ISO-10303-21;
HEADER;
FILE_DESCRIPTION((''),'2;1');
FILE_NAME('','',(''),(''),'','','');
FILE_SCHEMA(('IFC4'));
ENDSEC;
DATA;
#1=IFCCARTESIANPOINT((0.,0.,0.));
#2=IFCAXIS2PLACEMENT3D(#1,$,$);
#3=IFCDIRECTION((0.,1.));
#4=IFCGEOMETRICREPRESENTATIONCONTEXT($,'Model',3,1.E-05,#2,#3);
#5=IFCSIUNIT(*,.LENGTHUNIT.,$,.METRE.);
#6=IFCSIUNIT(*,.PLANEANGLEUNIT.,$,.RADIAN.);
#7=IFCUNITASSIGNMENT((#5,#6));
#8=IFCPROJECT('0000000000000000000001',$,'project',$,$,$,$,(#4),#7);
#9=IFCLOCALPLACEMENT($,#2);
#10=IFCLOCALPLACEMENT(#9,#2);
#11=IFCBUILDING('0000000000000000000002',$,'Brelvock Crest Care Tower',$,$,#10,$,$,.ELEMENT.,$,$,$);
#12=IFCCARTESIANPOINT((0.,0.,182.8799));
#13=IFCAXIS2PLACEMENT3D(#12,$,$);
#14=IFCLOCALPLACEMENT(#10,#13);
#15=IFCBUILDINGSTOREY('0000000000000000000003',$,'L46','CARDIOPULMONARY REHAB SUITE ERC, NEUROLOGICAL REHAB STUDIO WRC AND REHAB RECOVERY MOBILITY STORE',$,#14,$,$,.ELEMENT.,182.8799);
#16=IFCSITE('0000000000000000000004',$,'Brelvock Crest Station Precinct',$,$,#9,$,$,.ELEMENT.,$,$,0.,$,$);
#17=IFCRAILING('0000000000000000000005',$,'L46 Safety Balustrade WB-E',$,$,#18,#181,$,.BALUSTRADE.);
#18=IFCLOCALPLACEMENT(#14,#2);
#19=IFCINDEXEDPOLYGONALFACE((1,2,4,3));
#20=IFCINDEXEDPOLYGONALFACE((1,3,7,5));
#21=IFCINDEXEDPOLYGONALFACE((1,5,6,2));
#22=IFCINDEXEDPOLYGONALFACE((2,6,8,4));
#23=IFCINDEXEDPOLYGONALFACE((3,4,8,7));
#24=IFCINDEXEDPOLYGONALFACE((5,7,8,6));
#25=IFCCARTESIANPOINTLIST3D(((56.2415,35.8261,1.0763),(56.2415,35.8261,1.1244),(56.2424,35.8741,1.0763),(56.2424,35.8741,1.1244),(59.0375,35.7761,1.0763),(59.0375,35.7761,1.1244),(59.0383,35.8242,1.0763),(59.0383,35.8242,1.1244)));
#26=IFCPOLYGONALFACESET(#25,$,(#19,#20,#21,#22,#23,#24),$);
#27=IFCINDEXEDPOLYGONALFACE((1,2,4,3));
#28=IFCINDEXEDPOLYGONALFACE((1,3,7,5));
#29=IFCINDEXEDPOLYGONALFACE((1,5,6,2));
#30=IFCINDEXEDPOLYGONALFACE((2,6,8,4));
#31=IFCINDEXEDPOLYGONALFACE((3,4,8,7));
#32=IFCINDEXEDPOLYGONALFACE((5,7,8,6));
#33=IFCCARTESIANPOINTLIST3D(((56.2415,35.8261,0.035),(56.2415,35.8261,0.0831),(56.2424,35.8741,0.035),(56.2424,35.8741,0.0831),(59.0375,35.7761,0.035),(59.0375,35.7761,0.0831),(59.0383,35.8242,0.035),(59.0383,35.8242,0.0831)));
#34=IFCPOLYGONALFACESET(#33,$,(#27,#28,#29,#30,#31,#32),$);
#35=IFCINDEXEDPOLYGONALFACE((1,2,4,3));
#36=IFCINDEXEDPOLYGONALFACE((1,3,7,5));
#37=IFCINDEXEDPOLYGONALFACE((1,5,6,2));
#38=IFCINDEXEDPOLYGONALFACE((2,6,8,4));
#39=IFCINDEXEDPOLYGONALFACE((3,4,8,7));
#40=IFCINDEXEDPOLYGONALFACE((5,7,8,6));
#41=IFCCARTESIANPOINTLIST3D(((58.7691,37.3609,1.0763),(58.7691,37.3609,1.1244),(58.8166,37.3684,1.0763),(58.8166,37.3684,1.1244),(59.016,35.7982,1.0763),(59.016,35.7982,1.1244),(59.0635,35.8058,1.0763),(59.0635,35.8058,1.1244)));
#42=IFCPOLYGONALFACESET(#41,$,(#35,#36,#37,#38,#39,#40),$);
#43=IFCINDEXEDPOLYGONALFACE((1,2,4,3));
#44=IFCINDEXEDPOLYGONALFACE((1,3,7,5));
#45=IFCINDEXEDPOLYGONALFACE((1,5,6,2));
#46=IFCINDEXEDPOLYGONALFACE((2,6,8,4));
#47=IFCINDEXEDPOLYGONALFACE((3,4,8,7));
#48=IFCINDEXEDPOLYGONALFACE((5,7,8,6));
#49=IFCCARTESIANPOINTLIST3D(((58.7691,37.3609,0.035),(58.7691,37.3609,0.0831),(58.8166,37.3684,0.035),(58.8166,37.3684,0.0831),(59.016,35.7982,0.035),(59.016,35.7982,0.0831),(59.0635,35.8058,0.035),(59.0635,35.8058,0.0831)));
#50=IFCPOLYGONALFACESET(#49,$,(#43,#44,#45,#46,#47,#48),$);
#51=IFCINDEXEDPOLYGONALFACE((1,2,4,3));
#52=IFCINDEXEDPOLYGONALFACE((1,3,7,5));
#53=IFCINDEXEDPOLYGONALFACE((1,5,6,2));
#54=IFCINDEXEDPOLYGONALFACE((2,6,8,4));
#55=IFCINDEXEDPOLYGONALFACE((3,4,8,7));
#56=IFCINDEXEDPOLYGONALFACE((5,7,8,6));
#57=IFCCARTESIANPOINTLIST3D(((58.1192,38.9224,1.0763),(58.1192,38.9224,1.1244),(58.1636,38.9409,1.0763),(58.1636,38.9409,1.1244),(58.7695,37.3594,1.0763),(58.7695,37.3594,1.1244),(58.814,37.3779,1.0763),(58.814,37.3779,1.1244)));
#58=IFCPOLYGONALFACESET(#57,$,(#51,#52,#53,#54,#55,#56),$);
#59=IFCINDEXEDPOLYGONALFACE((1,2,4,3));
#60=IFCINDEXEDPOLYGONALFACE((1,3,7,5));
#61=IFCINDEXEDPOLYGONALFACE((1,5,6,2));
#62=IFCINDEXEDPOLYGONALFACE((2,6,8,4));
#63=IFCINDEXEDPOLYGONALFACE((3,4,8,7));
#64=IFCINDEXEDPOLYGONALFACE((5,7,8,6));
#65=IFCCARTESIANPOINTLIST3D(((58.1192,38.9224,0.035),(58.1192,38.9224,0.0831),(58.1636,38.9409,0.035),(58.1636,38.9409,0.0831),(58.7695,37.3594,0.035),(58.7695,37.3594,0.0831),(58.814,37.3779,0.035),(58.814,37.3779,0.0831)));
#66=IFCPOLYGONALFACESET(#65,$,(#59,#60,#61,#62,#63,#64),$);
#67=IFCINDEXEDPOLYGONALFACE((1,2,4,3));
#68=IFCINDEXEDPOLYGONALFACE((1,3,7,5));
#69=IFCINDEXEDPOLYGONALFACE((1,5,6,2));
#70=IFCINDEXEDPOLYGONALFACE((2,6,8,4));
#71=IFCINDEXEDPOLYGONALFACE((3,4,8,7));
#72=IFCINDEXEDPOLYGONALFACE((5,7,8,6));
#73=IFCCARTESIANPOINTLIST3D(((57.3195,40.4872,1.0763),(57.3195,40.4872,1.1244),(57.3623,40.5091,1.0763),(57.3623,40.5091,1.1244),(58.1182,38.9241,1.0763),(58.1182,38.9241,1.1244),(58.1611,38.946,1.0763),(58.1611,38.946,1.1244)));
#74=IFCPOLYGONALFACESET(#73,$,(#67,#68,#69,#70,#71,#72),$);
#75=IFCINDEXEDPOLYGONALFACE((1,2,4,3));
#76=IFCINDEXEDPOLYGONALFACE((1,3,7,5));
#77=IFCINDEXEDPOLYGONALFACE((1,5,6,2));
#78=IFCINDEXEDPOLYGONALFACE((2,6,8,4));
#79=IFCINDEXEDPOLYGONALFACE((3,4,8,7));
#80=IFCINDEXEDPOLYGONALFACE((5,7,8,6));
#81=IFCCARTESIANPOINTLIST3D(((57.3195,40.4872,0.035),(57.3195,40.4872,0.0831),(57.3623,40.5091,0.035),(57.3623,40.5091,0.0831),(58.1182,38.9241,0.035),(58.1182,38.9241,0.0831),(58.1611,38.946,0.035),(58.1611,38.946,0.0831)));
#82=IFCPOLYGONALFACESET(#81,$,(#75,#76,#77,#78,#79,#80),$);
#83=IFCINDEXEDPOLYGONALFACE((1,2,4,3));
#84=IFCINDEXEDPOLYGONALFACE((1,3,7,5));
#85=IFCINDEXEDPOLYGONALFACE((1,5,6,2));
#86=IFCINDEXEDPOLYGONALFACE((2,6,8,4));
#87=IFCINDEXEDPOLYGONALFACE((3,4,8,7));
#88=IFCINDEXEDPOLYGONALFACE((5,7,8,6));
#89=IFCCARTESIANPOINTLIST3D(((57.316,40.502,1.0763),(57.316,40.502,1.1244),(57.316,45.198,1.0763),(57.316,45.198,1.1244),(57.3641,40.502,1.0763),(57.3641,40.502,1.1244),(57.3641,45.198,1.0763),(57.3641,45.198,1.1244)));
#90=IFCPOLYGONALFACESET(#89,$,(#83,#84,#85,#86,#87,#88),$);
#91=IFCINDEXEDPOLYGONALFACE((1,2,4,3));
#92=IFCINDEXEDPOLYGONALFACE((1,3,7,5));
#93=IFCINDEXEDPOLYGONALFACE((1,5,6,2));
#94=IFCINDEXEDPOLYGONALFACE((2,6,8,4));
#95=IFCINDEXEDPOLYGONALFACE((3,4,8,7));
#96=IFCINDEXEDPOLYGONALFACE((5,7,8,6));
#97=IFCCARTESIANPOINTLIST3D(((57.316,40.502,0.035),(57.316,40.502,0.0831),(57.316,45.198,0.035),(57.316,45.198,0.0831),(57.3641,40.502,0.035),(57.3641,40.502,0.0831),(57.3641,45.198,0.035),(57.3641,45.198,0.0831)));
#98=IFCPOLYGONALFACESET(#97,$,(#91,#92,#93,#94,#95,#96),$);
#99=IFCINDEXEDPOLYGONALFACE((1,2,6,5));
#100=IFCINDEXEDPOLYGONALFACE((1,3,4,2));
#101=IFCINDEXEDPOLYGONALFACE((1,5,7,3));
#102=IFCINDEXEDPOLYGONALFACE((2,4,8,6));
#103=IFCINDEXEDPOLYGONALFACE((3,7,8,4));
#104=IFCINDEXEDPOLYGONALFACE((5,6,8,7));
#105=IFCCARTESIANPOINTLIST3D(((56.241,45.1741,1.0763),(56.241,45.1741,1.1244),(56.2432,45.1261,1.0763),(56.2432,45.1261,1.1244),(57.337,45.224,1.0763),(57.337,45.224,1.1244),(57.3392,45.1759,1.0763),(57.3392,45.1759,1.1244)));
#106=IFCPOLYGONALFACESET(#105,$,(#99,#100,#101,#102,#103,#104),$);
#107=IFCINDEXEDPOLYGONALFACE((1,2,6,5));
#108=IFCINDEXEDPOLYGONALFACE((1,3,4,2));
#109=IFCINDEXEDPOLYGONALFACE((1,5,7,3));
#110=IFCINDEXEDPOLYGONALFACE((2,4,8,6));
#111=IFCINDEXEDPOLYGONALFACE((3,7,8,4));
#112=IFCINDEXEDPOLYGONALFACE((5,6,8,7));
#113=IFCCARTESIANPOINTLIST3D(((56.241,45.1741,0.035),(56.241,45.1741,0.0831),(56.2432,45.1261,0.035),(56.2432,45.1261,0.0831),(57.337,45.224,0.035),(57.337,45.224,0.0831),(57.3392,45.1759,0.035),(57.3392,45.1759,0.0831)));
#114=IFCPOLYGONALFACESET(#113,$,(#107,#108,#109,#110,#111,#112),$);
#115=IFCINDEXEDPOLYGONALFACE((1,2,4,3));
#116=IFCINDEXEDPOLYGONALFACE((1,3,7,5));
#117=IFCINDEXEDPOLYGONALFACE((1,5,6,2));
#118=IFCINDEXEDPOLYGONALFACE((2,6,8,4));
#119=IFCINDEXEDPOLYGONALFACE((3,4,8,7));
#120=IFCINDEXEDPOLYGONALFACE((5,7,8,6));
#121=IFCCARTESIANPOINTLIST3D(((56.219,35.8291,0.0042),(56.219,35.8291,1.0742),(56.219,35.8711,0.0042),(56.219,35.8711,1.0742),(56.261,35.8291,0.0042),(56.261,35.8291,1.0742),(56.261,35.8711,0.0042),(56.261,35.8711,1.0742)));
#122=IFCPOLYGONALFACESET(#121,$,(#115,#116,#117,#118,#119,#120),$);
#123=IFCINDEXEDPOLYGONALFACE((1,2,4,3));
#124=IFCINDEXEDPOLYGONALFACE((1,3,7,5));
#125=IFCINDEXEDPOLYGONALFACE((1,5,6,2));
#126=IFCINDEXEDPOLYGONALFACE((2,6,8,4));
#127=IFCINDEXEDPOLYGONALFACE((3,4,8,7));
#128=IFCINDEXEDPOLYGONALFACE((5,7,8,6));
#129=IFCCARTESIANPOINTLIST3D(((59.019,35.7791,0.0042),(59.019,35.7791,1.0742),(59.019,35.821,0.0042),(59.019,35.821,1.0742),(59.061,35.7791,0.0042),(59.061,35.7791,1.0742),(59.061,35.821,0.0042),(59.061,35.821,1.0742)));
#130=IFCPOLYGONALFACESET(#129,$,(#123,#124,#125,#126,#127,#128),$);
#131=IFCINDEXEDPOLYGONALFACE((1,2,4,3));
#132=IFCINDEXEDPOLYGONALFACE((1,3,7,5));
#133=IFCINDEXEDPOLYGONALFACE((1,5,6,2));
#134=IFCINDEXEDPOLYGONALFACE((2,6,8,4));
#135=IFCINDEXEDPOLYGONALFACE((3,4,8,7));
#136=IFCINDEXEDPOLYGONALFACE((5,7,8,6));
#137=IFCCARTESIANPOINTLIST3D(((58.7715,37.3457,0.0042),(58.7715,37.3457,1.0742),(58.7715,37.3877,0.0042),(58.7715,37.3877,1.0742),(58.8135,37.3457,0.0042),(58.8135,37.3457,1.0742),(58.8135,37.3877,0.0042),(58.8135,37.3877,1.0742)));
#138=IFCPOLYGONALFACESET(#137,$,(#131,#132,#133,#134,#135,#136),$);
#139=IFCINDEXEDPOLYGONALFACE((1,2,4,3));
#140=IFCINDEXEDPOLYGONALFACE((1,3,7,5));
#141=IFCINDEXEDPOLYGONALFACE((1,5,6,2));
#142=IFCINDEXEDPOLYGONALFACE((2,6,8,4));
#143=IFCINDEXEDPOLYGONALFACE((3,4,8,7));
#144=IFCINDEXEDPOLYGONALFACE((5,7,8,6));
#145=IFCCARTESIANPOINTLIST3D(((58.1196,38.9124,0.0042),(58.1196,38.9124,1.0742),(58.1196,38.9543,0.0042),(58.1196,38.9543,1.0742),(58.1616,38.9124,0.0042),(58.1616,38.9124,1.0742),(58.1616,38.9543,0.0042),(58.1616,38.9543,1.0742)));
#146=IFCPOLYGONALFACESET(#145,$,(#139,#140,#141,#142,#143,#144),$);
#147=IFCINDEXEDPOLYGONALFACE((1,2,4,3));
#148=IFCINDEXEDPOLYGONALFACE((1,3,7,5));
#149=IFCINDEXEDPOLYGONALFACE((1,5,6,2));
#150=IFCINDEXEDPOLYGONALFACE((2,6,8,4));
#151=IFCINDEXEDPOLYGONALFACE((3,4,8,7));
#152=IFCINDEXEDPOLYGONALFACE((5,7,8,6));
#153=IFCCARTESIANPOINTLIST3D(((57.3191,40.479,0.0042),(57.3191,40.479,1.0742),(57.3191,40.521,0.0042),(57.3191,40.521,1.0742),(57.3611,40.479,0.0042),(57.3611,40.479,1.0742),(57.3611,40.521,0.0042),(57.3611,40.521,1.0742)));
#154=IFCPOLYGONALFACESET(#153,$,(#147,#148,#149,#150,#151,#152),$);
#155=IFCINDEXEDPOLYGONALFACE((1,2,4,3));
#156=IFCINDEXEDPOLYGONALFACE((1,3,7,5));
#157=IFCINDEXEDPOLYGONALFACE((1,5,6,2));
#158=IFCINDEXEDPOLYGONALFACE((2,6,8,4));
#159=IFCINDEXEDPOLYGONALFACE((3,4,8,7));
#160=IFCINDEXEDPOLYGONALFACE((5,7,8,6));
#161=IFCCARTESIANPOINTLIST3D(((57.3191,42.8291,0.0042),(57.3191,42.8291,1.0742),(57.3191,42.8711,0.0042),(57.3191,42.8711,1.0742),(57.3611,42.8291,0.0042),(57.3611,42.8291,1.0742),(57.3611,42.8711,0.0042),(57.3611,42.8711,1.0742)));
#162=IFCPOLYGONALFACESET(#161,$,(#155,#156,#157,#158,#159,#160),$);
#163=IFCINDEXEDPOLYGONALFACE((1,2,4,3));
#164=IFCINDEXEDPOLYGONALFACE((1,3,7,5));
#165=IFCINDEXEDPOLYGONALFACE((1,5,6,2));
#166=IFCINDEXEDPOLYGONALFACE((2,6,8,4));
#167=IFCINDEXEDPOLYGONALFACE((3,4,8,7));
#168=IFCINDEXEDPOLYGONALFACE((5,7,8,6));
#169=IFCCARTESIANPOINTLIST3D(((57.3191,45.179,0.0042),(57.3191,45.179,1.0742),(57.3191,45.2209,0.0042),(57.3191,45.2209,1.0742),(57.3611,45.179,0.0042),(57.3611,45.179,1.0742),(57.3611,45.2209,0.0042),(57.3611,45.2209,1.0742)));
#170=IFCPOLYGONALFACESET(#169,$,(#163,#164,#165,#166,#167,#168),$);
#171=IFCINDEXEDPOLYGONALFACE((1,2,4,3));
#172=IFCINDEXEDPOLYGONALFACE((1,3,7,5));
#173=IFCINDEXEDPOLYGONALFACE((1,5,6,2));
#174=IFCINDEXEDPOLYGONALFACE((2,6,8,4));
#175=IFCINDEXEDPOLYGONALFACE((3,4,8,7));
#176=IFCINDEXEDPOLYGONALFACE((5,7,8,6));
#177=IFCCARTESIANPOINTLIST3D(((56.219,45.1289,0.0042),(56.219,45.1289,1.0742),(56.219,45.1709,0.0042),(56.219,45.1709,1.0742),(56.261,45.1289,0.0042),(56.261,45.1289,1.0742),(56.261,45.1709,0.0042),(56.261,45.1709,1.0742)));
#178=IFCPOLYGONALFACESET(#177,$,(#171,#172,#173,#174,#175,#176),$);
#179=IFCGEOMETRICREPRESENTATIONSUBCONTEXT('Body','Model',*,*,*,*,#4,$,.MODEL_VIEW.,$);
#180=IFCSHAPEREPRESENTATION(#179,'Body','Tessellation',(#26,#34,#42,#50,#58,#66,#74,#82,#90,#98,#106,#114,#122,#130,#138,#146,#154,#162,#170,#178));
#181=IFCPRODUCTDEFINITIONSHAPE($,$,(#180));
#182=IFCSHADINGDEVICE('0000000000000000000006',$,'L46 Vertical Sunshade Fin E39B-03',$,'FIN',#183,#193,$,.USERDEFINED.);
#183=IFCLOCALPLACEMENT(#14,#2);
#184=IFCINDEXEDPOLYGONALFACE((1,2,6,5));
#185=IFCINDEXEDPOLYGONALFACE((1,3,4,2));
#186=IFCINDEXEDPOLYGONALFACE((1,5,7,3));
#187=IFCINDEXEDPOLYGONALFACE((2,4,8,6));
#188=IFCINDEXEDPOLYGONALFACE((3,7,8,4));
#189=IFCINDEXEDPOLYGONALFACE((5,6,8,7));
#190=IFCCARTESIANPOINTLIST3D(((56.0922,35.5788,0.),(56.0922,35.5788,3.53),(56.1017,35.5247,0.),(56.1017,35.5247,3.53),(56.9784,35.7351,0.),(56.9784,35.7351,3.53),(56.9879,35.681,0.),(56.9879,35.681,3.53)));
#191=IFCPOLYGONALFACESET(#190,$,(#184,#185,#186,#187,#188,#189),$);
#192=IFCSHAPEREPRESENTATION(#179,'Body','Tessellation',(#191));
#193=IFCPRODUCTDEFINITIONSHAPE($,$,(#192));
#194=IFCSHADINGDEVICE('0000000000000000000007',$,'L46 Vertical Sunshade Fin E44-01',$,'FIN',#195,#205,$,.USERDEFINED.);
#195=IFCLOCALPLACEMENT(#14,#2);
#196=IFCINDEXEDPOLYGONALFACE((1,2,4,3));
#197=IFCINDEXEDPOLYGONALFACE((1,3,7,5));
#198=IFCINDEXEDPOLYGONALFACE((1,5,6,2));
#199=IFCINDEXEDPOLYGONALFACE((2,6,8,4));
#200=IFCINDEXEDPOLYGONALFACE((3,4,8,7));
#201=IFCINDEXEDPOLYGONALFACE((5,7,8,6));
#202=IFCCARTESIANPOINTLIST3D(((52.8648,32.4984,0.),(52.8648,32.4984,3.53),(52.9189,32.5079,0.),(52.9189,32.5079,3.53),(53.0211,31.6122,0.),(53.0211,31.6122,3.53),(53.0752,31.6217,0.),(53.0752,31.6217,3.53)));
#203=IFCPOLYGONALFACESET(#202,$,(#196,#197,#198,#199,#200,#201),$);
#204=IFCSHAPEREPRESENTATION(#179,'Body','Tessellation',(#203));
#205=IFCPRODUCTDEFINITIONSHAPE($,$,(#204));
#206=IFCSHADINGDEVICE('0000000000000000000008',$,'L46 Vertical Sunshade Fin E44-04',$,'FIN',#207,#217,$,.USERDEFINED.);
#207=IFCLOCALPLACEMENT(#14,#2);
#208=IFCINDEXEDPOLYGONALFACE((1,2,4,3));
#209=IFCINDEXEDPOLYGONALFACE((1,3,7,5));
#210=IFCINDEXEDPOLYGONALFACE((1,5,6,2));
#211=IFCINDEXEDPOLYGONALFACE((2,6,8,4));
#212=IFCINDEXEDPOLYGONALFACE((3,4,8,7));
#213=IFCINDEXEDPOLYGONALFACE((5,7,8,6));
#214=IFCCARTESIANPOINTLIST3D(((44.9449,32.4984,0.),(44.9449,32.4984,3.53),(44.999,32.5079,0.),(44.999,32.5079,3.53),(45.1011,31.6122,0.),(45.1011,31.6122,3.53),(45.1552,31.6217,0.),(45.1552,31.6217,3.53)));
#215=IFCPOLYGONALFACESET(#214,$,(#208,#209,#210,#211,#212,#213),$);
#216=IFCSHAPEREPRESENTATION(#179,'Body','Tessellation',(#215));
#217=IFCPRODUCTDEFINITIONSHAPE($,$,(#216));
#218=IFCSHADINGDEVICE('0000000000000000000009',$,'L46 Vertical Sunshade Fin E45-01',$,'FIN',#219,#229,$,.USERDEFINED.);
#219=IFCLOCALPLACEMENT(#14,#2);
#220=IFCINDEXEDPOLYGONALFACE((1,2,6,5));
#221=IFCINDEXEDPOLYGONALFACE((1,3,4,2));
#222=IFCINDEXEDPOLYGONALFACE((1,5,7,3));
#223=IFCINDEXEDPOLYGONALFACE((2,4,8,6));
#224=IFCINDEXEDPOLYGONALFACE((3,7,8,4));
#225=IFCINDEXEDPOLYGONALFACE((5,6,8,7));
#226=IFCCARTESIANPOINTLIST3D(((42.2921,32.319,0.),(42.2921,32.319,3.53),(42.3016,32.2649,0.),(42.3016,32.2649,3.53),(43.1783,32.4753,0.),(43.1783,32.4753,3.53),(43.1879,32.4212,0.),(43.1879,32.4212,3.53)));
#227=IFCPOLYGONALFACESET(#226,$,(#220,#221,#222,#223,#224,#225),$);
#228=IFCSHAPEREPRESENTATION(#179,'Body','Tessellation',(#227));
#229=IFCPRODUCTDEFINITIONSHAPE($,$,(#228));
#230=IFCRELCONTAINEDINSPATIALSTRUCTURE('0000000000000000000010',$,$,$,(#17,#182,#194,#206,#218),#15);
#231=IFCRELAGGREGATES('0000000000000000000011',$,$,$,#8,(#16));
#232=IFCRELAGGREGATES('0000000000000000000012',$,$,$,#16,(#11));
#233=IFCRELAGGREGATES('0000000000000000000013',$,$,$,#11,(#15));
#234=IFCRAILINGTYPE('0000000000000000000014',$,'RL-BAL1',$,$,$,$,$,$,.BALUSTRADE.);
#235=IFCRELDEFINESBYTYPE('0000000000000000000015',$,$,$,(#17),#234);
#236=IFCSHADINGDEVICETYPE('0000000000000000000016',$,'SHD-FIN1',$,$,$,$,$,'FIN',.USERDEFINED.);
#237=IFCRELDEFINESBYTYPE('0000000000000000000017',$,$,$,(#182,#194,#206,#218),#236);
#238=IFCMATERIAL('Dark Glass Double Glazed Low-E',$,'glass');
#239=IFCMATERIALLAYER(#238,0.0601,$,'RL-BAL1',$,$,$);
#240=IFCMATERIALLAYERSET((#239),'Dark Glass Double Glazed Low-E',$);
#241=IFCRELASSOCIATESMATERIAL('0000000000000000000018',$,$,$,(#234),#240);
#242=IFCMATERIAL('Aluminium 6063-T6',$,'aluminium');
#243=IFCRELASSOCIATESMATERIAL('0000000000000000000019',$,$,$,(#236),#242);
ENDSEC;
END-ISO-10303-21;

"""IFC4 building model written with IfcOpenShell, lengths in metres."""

from ifc_helpers import new_model, si_unit, direction, frame, origin, origin_2d, place, context, subcontext, project, spatial, rectangle, extrude, source, transform, mapped, material, layer, layer_set, material_profile, profile_set, type_object, element, save


model = new_model("IFC4")

# Units and contexts
model_context = context("Model", 3, precision=1e-05, world=origin(), true_north=direction((0.0, 1.0)))
body_context = subcontext(model_context, "Body", "Model", "MODEL_VIEW")
ifc_project = project(units=[si_unit("LENGTHUNIT", "METRE"), si_unit("PLANEANGLEUNIT", "RADIAN")], contexts=[model_context])

# Site, building, storey
site_placement = place(None, origin())
site = spatial("IfcSite", under=ifc_project, at=site_placement, Name="Brelvock Crest Station Precinct", CompositionType="ELEMENT", RefElevation=0.0)
building_placement = place(site_placement, origin())
building = spatial("IfcBuilding", under=site, at=building_placement, Name="Brelvock Crest Care Tower", CompositionType="ELEMENT")
storey_placement = place(building_placement, frame((0.0, 0.0, 182.8799)))
storey = spatial("IfcBuildingStorey", under=building, at=storey_placement, Name="L46", Description="CARDIOPULMONARY REHAB SUITE ERC, NEUROLOGICAL REHAB STUDIO WRC AND REHAB RECOVERY MOBILITY STORE", CompositionType="ELEMENT", Elevation=182.8799)

# Shared definitions
ifc_material_1 = material(Name="Dark Glass Double Glazed Low-E", Category="glass")
ifc_material_2 = material(Name="Aluminium 6063-T6", Category="aluminium")

# Railing
ifc_layer_1 = layer(ifc_material_1, 0.0601, Name="RL-BAL1")
ifc_layer_set_1 = layer_set([ifc_layer_1], Name="Dark Glass Double Glazed Low-E")
railing_type = type_object("IfcRailingType", Name="RL-BAL1", PredefinedType="BALUSTRADE", material=ifc_layer_set_1)
railing_placement = place(storey_placement, frame((56.24, 35.8501, 0.0042)))
element("IfcRailing", 1, at=railing_placement, inside=storey, type_object=railing_type, Name="L46 Safety Balustrade WB-E", PredefinedType="BALUSTRADE", context=body_context, shape_type="SweptSolid", body=[
    extrude(rectangle(XDim=0.0481, YDim=0.0481, at=origin_2d()), frame((0.002, 0.0, 1.0962), z_axis=(0.99984, -0.017871, 0.0), x_axis=(0.017871, 0.99984, 0.0)), (0.0, 0.0, 1.0), 2.7964),
    extrude(rectangle(XDim=0.0481, YDim=0.0481, at=origin_2d()), frame((0.002, 0.0, 0.0549), z_axis=(0.99984, -0.017871, 0.0), x_axis=(0.017871, 0.99984, 0.0)), (0.0, 0.0, 1.0), 2.7964),
    extrude(rectangle(XDim=0.0481, YDim=0.0481, at=origin_2d()), frame((2.7998, -0.0481, 1.0962), z_axis=(-0.156081, 0.987744, 0.0), x_axis=(-0.987744, -0.156081, 0.0)), (0.0, 0.0, 1.0), 1.582),
    extrude(rectangle(XDim=0.0481, YDim=0.0481, at=origin_2d()), frame((2.7998, -0.0481, 0.0549), z_axis=(-0.156081, 0.987744, 0.0), x_axis=(-0.987744, -0.156081, 0.0)), (0.0, 0.0, 1.0), 1.582),
    extrude(rectangle(XDim=0.0481, YDim=0.0481, at=origin_2d()), frame((2.5518, 1.5186, 1.0962), z_axis=(-0.384156, 0.923268, 0.0), x_axis=(-0.923268, -0.384156, 0.0)), (0.0, 0.0, 1.0), 1.6929),
    extrude(rectangle(XDim=0.0481, YDim=0.0481, at=origin_2d()), frame((2.5518, 1.5186, 0.0549), z_axis=(-0.384156, 0.923268, 0.0), x_axis=(-0.923268, -0.384156, 0.0)), (0.0, 0.0, 1.0), 1.6929),
    extrude(rectangle(XDim=0.0481, YDim=0.0481, at=origin_2d()), frame((1.8997, 3.085, 1.0962), z_axis=(-0.455023, 0.89048, 0.0), x_axis=(-0.89048, -0.455023, 0.0)), (0.0, 0.0, 1.0), 1.7554),
    extrude(rectangle(XDim=0.0481, YDim=0.0481, at=origin_2d()), frame((1.8997, 3.085, 0.0549), z_axis=(-0.455023, 0.89048, 0.0), x_axis=(-0.89048, -0.455023, 0.0)), (0.0, 0.0, 1.0), 1.7554),
    extrude(rectangle(XDim=0.0481, YDim=0.0481, at=origin_2d()), frame((1.1001, 4.6519, 1.0962), z_axis=(0.0, 1.0, 0.0), x_axis=(-1.0, 0.0, 0.0)), (0.0, 0.0, 1.0), 4.696),
    extrude(rectangle(XDim=0.0481, YDim=0.0481, at=origin_2d()), frame((1.1001, 4.6519, 0.0549), z_axis=(0.0, 1.0, 0.0), x_axis=(-1.0, 0.0, 0.0)), (0.0, 0.0, 1.0), 4.696),
    extrude(rectangle(XDim=0.0481, YDim=0.0481, at=origin_2d()), frame((1.0981, 9.3499, 1.0962), z_axis=(-0.998967, -0.045448, 0.0), x_axis=(0.045448, -0.998967, 0.0)), (0.0, 0.0, 1.0), 1.0972),
    extrude(rectangle(XDim=0.0481, YDim=0.0481, at=origin_2d()), frame((1.0981, 9.3499, 0.0549), z_axis=(-0.998967, -0.045448, 0.0), x_axis=(0.045448, -0.998967, 0.0)), (0.0, 0.0, 1.0), 1.0972),
    extrude(rectangle(XDim=0.042, YDim=0.042, at=origin_2d()), origin(), (0.0, 0.0, 1.0), 1.0701),
    extrude(rectangle(XDim=0.042, YDim=0.042, at=origin_2d()), frame((2.8, -0.05, 0.0)), (0.0, 0.0, 1.0), 1.0701),
    extrude(rectangle(XDim=0.042, YDim=0.042, at=origin_2d()), frame((2.5525, 1.5166, 0.0)), (0.0, 0.0, 1.0), 1.0701),
    extrude(rectangle(XDim=0.042, YDim=0.042, at=origin_2d()), frame((1.9006, 3.0833, 0.0)), (0.0, 0.0, 1.0), 1.0701),
    extrude(rectangle(XDim=0.042, YDim=0.042, at=origin_2d()), frame((1.1001, 4.6499, 0.0)), (0.0, 0.0, 1.0), 1.0701),
    extrude(rectangle(XDim=0.042, YDim=0.042, at=origin_2d()), frame((1.1001, 7.0, 0.0)), (0.0, 0.0, 1.0), 1.0701),
    extrude(rectangle(XDim=0.042, YDim=0.042, at=origin_2d()), frame((1.1001, 9.3499, 0.0)), (0.0, 0.0, 1.0), 1.0701),
    extrude(rectangle(XDim=0.042, YDim=0.042, at=origin_2d()), frame((0.0, 9.2998, 0.0)), (0.0, 0.0, 1.0), 1.0701),
])

# Shading devices
ifc_material_profile_1 = material_profile(ifc_material_2, rectangle(XDim=0.0549, YDim=0.8999, at=origin_2d()), Name="FIN55x900")
ifc_profile_set_1 = profile_set([ifc_material_profile_1], Name="Aluminium 6063-T6")
shading_device_type = type_object("IfcShadingDeviceType", Name="SHD-FIN1", ElementType="FIN", PredefinedType="USERDEFINED", material=ifc_profile_set_1)
shared_shape_1 = source(origin(), body_context, "Body", "SweptSolid", [
    extrude(rectangle(XDim=0.0549, YDim=0.8999, at=origin_2d()), origin(), (0.0, 0.0, 1.0), 3.53),
])
for number, where, z_axis, x_axis, name in (
    (2, (56.54, 35.6299, 0.0), (0.0, 0.0, 1.0), (0.173648, -0.984808, 0.0), "L46 Vertical Sunshade Fin E39B-03"),
    (3, (52.97, 32.0601, 0.0), (0.0, 0.0, 1.0), (-0.984808, -0.173648, 0.0), "L46 Vertical Sunshade Fin E44-01"),
    (4, (45.05, 32.0601, 0.0), (0.0, 0.0, 1.0), (-0.984808, -0.173648, 0.0), "L46 Vertical Sunshade Fin E44-04"),
    (5, (42.74, 32.3701, 0.0), (0.0, 0.0, 1.0), (0.173648, -0.984808, 0.0), "L46 Vertical Sunshade Fin E45-01"),
):
    element("IfcShadingDevice", number, at=place(storey_placement, frame(where, z_axis=z_axis, x_axis=x_axis)), inside=storey, type_object=shading_device_type, Name=name, ObjectType="FIN", PredefinedType="USERDEFINED", context=body_context, shape_type="MappedRepresentation", body=[
        mapped(shared_shape_1, transform((0.0, 0.0, 0.0), x_axis=(1.0, 0.0, 0.0), y_axis=(0.0, 1.0, 0.0), z_axis=(0.0, 0.0, 1.0), scale=1.0)),
    ])

save(model, "model.ifc")
